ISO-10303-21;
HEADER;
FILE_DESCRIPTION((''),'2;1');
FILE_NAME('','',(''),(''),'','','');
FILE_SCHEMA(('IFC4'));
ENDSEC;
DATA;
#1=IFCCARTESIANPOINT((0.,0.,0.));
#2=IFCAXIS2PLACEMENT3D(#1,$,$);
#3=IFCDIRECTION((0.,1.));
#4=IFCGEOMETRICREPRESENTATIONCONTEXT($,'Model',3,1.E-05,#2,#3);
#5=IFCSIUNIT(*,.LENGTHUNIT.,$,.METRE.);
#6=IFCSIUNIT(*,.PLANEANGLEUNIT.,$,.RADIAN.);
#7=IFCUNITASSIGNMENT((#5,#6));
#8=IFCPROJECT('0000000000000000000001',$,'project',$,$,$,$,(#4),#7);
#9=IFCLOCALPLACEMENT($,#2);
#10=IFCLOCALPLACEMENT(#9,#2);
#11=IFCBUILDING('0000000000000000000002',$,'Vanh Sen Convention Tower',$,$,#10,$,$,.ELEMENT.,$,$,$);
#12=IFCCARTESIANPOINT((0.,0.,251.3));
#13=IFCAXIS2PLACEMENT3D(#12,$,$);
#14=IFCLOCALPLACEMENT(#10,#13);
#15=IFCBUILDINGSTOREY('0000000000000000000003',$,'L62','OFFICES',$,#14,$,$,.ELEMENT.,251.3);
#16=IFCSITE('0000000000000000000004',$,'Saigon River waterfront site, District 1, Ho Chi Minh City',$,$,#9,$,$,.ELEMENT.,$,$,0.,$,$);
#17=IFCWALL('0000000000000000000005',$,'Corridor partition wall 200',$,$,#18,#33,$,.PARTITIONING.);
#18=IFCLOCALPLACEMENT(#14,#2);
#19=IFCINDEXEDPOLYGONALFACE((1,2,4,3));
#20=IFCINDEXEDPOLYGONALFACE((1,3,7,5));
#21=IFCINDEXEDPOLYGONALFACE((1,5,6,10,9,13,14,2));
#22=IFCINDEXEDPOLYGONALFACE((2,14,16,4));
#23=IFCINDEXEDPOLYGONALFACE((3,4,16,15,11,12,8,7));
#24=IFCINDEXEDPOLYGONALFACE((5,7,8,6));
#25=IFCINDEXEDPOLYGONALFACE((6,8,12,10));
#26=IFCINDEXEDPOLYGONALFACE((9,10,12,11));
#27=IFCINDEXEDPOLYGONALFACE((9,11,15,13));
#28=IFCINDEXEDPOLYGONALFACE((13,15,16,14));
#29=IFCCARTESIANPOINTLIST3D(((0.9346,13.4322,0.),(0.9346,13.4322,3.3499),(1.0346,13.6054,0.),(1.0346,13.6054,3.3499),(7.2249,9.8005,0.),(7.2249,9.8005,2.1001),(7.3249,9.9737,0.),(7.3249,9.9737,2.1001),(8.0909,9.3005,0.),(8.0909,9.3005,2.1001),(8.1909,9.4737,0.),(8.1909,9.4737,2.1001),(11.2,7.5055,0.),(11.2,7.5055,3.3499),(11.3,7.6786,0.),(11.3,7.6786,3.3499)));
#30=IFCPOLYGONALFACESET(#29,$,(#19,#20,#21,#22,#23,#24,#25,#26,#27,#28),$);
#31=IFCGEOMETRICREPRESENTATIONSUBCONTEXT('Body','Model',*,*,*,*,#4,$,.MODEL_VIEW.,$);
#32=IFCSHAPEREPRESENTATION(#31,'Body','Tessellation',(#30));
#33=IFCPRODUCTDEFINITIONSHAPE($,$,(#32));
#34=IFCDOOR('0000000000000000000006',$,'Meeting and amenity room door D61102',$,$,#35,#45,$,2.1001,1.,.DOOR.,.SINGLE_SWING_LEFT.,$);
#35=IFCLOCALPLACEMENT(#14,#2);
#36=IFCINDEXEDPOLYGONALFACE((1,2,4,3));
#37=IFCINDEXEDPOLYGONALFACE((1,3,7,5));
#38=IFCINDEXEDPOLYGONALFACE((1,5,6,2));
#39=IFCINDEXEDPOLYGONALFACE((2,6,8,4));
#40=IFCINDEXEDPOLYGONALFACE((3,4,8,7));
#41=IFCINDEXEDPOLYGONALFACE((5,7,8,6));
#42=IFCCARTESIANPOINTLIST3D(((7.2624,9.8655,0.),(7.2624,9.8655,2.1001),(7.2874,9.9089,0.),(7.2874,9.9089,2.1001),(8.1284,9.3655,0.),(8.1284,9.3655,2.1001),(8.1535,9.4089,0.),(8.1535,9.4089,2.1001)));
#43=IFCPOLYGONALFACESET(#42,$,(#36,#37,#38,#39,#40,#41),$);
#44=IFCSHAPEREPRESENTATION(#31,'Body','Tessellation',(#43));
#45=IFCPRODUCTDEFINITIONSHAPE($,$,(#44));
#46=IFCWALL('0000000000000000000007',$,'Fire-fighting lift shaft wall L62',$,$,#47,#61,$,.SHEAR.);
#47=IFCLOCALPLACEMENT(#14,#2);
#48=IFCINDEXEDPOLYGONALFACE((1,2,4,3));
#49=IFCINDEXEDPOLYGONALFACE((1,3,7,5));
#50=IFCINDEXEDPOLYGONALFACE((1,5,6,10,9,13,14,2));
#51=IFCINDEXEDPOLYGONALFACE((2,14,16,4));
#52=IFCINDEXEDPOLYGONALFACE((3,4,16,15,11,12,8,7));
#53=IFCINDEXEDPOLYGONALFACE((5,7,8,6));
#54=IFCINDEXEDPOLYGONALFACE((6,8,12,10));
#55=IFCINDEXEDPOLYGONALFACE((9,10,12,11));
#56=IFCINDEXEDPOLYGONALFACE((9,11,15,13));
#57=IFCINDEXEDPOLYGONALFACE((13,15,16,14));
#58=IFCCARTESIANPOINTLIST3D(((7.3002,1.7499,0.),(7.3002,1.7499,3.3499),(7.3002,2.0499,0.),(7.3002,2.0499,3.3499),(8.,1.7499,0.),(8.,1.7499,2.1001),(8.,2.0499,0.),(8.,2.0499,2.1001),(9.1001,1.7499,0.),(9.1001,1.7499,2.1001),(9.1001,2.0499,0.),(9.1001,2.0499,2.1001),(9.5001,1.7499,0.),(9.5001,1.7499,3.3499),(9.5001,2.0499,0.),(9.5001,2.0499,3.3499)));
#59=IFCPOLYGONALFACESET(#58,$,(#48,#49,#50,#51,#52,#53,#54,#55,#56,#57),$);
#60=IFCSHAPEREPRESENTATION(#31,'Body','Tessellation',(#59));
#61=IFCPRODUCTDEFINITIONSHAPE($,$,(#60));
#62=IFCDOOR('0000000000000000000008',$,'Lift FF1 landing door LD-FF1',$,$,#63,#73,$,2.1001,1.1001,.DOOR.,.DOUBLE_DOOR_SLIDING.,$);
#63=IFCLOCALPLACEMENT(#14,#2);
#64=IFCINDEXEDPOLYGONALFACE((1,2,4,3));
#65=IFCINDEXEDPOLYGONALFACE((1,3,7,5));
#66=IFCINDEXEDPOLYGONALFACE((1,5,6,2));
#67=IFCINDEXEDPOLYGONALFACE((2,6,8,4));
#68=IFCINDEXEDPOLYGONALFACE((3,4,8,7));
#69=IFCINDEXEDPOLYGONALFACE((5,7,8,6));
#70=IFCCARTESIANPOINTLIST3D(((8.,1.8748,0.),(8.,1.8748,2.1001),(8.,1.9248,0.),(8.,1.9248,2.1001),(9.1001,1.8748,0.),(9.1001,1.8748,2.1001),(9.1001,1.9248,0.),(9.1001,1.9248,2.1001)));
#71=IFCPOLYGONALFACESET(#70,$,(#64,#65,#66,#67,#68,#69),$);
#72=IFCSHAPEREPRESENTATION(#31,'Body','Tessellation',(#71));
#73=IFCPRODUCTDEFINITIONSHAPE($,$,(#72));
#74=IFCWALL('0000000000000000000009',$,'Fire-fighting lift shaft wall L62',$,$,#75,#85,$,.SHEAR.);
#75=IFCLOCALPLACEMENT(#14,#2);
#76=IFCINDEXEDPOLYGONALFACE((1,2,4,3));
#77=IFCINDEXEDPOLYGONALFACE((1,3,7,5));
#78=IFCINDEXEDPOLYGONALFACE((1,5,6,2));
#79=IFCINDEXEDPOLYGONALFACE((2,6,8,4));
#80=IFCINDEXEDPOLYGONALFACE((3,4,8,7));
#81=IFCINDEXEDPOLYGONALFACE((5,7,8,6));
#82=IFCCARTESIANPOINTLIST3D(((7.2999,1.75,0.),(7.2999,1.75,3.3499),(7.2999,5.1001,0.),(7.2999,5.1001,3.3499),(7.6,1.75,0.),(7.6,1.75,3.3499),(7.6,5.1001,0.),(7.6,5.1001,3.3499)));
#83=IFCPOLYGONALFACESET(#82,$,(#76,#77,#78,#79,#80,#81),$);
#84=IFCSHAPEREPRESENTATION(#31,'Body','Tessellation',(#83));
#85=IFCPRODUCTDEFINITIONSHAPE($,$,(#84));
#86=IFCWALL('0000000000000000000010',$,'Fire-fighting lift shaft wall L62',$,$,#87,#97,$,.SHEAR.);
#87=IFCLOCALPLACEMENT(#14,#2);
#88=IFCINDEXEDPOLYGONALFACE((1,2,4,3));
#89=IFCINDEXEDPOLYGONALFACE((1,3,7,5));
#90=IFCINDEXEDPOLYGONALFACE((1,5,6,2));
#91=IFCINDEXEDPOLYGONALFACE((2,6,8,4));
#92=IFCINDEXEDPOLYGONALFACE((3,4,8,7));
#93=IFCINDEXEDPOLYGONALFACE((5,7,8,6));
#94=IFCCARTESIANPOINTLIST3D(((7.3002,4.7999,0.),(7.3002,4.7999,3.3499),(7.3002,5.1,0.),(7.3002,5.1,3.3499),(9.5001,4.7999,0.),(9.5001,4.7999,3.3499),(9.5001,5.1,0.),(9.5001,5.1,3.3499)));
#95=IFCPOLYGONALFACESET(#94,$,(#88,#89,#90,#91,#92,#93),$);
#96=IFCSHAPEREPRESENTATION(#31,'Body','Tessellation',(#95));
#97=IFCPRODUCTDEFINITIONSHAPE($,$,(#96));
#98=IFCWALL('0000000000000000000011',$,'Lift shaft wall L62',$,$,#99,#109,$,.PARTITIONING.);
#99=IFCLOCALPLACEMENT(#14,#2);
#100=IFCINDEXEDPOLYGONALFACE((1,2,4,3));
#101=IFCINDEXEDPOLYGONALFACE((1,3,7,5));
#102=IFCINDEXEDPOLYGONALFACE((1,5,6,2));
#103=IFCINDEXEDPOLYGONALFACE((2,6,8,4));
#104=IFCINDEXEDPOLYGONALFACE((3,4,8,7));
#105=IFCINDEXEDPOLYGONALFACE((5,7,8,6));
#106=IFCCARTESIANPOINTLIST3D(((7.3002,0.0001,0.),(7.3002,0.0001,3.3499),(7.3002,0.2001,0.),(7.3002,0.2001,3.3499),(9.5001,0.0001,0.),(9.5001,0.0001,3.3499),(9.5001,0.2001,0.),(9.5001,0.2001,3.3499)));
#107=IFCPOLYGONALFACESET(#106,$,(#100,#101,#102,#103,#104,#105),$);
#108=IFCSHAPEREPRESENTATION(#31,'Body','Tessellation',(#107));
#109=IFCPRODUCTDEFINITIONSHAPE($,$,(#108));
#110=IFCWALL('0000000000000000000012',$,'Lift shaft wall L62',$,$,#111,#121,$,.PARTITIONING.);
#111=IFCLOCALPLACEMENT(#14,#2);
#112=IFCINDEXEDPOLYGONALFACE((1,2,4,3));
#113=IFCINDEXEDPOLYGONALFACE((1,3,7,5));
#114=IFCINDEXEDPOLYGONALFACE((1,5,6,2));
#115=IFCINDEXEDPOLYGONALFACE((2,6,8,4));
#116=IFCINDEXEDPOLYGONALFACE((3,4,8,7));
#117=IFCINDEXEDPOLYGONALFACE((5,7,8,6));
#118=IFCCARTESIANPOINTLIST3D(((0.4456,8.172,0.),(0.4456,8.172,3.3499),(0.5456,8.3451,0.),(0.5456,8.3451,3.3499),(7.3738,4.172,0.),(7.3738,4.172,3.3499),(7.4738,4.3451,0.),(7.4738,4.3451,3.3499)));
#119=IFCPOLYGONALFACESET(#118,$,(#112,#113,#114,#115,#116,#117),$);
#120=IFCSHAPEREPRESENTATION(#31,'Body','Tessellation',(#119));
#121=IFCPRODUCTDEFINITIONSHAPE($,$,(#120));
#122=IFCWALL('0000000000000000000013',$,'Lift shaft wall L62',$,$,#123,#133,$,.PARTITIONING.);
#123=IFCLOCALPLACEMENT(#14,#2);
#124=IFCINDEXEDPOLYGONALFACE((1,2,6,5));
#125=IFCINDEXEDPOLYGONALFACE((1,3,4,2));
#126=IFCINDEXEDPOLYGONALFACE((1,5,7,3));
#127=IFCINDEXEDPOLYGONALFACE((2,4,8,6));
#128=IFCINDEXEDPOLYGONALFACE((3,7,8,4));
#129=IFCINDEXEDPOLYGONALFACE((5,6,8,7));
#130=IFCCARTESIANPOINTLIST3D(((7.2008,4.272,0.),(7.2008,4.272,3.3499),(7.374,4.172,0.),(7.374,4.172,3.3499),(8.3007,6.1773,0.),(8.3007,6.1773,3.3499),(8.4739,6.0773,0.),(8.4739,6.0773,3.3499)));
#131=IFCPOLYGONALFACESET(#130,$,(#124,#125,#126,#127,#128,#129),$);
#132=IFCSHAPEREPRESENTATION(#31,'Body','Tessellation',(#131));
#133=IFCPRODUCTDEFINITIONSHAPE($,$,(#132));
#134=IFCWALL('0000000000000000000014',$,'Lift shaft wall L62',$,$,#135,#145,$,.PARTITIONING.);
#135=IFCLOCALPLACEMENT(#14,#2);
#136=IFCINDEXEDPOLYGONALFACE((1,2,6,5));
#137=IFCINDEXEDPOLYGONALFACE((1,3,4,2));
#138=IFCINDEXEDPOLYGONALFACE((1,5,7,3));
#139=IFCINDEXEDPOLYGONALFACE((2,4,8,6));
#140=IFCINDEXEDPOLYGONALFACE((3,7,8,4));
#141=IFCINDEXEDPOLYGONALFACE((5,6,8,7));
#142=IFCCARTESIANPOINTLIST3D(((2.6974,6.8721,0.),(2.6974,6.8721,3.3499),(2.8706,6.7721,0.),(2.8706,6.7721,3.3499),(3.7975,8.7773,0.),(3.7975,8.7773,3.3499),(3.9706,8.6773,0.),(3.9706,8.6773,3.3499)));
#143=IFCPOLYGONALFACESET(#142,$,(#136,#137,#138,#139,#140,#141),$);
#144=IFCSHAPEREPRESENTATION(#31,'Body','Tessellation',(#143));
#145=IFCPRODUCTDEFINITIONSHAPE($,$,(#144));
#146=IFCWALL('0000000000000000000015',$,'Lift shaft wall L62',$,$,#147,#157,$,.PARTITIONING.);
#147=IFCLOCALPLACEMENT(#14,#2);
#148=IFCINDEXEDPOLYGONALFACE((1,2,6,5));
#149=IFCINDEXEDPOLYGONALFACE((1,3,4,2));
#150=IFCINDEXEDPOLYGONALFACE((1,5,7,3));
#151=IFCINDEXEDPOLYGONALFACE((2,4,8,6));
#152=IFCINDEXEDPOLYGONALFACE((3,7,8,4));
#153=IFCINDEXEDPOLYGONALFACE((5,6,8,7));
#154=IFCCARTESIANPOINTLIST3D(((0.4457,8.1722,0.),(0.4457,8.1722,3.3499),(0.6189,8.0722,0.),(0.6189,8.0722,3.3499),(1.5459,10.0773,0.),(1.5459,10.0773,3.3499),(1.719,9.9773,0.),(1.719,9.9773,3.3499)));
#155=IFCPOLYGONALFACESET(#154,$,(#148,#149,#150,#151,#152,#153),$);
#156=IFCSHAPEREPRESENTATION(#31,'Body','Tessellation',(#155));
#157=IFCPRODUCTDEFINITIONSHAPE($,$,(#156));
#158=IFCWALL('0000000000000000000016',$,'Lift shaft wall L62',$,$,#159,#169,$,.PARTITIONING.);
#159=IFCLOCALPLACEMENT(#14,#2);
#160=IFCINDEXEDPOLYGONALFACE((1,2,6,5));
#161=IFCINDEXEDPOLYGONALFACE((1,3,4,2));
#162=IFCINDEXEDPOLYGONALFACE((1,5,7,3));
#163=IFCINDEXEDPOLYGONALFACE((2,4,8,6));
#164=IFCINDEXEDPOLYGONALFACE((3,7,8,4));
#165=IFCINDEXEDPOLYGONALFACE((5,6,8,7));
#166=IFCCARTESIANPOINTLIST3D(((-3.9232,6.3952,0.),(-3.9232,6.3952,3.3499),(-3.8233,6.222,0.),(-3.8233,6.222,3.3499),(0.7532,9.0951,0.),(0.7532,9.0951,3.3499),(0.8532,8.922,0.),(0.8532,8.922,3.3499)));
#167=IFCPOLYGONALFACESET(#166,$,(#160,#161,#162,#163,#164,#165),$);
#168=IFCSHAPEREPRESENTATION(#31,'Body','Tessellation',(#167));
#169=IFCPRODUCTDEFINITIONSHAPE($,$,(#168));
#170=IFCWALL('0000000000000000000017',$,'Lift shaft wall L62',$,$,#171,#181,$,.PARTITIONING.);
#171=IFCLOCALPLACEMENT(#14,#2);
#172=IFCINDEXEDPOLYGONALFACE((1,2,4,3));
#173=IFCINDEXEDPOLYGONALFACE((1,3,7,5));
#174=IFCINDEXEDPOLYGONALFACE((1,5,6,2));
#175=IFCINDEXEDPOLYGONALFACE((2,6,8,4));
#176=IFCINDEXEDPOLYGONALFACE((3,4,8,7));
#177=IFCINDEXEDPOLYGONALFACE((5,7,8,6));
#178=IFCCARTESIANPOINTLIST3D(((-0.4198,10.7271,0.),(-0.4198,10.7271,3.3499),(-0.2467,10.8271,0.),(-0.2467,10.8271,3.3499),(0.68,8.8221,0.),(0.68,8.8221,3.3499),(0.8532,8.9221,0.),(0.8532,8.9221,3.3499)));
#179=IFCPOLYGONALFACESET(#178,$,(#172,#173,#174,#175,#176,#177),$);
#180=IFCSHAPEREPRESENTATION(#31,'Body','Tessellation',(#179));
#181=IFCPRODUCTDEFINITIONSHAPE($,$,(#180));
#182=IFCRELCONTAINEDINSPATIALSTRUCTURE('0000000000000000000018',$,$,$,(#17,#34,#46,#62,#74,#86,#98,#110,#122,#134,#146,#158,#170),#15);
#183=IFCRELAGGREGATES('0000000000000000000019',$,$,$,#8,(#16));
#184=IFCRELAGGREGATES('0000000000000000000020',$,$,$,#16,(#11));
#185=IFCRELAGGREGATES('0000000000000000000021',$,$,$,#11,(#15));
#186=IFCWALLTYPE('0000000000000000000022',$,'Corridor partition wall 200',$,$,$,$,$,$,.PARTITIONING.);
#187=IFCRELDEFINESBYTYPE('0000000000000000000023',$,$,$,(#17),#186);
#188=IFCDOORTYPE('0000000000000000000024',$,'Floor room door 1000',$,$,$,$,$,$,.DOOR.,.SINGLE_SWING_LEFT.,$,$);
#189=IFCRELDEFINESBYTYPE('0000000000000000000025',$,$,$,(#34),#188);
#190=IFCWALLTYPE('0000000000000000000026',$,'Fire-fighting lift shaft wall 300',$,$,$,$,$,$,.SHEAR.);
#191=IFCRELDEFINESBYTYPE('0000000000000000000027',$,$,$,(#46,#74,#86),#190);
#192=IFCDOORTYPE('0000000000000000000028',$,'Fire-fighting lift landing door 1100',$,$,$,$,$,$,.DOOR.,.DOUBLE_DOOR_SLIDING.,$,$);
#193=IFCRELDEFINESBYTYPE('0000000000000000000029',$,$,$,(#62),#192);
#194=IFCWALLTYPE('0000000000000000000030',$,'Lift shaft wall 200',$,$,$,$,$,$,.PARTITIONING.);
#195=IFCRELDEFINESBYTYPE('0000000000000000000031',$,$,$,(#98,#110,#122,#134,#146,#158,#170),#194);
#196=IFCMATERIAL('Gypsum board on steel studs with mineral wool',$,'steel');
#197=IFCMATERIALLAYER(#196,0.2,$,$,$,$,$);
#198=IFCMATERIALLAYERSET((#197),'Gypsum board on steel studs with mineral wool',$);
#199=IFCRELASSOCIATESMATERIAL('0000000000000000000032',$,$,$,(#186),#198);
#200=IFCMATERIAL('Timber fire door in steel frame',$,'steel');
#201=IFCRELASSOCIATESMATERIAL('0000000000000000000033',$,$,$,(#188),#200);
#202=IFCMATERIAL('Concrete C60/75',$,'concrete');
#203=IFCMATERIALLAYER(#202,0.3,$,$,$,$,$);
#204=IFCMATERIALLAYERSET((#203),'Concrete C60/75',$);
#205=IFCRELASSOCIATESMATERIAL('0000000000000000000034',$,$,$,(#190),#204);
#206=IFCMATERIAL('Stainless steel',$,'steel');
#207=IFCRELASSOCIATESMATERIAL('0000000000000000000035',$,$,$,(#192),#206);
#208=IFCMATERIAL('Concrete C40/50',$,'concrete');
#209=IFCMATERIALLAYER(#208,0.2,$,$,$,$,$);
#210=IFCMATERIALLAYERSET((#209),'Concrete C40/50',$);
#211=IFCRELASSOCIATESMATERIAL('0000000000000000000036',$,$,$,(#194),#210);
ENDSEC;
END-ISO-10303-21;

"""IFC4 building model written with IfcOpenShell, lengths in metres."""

from ifc_helpers import new_model, si_unit, direction, frame, frame_2d, origin, place, context, subcontext, project, spatial, rectangle, extrude, material, layer, layer_set, type_object, element, fill, save


model = new_model("IFC4")

# Units and contexts
model_context = context("Model", 3, precision=1e-05, world=origin(), true_north=direction((0.0, 1.0)))
body_context = subcontext(model_context, "Body", "Model", "MODEL_VIEW")
ifc_project = project(units=[si_unit("LENGTHUNIT", "METRE"), si_unit("PLANEANGLEUNIT", "RADIAN")], contexts=[model_context])

# Site, building, storey
site_placement = place(None, origin())
site = spatial("IfcSite", under=ifc_project, at=site_placement, Name="Saigon River waterfront site, District 1, Ho Chi Minh City", CompositionType="ELEMENT", RefElevation=0.0)
building_placement = place(site_placement, origin())
building = spatial("IfcBuilding", under=site, at=building_placement, Name="Vanh Sen Convention Tower", CompositionType="ELEMENT")
storey_placement = place(building_placement, frame((0.0, 0.0, 251.3)))
storey = spatial("IfcBuildingStorey", under=building, at=storey_placement, Name="L62", Description="OFFICES", CompositionType="ELEMENT", Elevation=251.3)

# Shared definitions
ifc_material_1 = material(Name="Concrete C40/50", Category="concrete")

# Shared definitions
ifc_material_2 = material(Name="Concrete C60/75", Category="concrete")

# Walls, openings, doors
ifc_material_3 = material(Name="Gypsum board on steel studs with mineral wool", Category="steel")
ifc_layer_1 = layer(ifc_material_3, 0.2)
ifc_layer_set_1 = layer_set([ifc_layer_1], Name="Gypsum board on steel studs with mineral wool")
wall_type_1 = type_object("IfcWallType", Name="Corridor partition wall 200", PredefinedType="PARTITIONING", material=ifc_layer_set_1)
wall_1_placement = place(storey_placement, frame((11.25, 7.592, 0.0), z_axis=(0.0, 0.0, 1.0), x_axis=(-0.866024, 0.500002, 0.0)))
wall_1 = element("IfcWall", 1, at=wall_1_placement, inside=storey, type_object=wall_type_1, Name="Corridor partition wall 200", PredefinedType="PARTITIONING", context=body_context, shape_type="SweptSolid", body=[
    extrude(rectangle(XDim=11.8535, YDim=0.2, at=frame_2d((5.9268, 0.0))), origin(), (0.0, 0.0, 1.0), 3.3499),
])
opening_1_placement = place(wall_1_placement, frame((3.5901, 0.0, 0.0)))
opening_1 = element("IfcOpeningElement", 2, at=opening_1_placement, cuts=wall_1, PredefinedType="OPENING", context=body_context, shape_type="SweptSolid", body=[
    extrude(rectangle(XDim=1.0, YDim=2.1001, at=frame_2d((0.5, 1.05))), frame((0.0, 0.1099, 0.0), z_axis=(0.0, -1.0, 0.0), x_axis=(1.0, 0.0, 0.0)), (0.0, 0.0, 1.0), 0.22),
])
ifc_material_4 = material(Name="Timber fire door in steel frame", Category="steel")
door_type_1 = type_object("IfcDoorType", Name="Floor room door 1000", OperationType="SINGLE_SWING_LEFT", PredefinedType="DOOR", material=ifc_material_4)
door_1_placement = place(opening_1_placement, origin())
door_1 = element("IfcDoor", 3, at=door_1_placement, inside=storey, type_object=door_type_1, Name="Meeting and amenity room door D61102", OperationType="SINGLE_SWING_LEFT", OverallHeight=2.1001, OverallWidth=1.0, PredefinedType="DOOR", context=body_context, shape_type="SweptSolid", body=[
    extrude(rectangle(XDim=1.0, YDim=2.1001, at=frame_2d((0.5, 1.05))), frame((0.0, 0.0249, 0.0), z_axis=(0.0, -1.0, 0.0), x_axis=(1.0, 0.0, 0.0)), (0.0, 0.0, 1.0), 0.05),
])
fill(opening_1, door_1)
ifc_layer_2 = layer(ifc_material_2, 0.3)
ifc_layer_set_2 = layer_set([ifc_layer_2], Name="Concrete C60/75")
wall_type_2 = type_object("IfcWallType", Name="Fire-fighting lift shaft wall 300", PredefinedType="SHEAR", material=ifc_layer_set_2)
wall_2_placement = place(storey_placement, frame((7.3, 1.8999, 0.0), z_axis=(0.0, 0.0, 1.0), x_axis=(1.0, 0.0, 0.0)))
wall_2 = element("IfcWall", 4, at=wall_2_placement, inside=storey, type_object=wall_type_2, Name="Fire-fighting lift shaft wall L62", PredefinedType="SHEAR", context=body_context, shape_type="SweptSolid", body=[
    extrude(rectangle(XDim=2.2, YDim=0.3, at=frame_2d((1.1001, 0.0))), origin(), (0.0, 0.0, 1.0), 3.3499),
])
opening_2_placement = place(wall_2_placement, frame((0.7, 0.0, 0.0)))
opening_2 = element("IfcOpeningElement", 5, at=opening_2_placement, cuts=wall_2, PredefinedType="OPENING", context=body_context, shape_type="SweptSolid", body=[
    extrude(rectangle(XDim=1.1001, YDim=2.1001, at=frame_2d((0.55, 1.05))), frame((0.0, 0.1599, 0.0), z_axis=(0.0, -1.0, 0.0), x_axis=(1.0, 0.0, 0.0)), (0.0, 0.0, 1.0), 0.3201),
])
ifc_material_5 = material(Name="Stainless steel", Category="steel")
door_type_2 = type_object("IfcDoorType", Name="Fire-fighting lift landing door 1100", OperationType="DOUBLE_DOOR_SLIDING", PredefinedType="DOOR", material=ifc_material_5)
door_2_placement = place(opening_2_placement, origin())
door_2 = element("IfcDoor", 6, at=door_2_placement, inside=storey, type_object=door_type_2, Name="Lift FF1 landing door LD-FF1", OperationType="DOUBLE_DOOR_SLIDING", OverallHeight=2.1001, OverallWidth=1.1001, PredefinedType="DOOR", context=body_context, shape_type="SweptSolid", body=[
    extrude(rectangle(XDim=1.1001, YDim=2.1001, at=frame_2d((0.55, 1.05))), frame((0.0, 0.0249, 0.0), z_axis=(0.0, -1.0, 0.0), x_axis=(1.0, 0.0, 0.0)), (0.0, 0.0, 1.0), 0.05),
])
fill(opening_2, door_2)

# Walls
wall_3_placement = place(storey_placement, frame((7.45, 1.75, 0.0), z_axis=(0.0, 0.0, 1.0), x_axis=(0.0, 1.0, 0.0)))
element("IfcWall", 7, at=wall_3_placement, inside=storey, type_object=wall_type_2, Name="Fire-fighting lift shaft wall L62", PredefinedType="SHEAR", context=body_context, shape_type="SweptSolid", body=[
    extrude(rectangle(XDim=3.3501, YDim=0.3, at=frame_2d((1.675, 0.0))), origin(), (0.0, 0.0, 1.0), 3.3499),
])
wall_4_placement = place(storey_placement, frame((7.3, 4.95, 0.0), z_axis=(0.0, 0.0, 1.0), x_axis=(1.0, 0.0, 0.0)))
element("IfcWall", 8, at=wall_4_placement, inside=storey, type_object=wall_type_2, Name="Fire-fighting lift shaft wall L62", PredefinedType="SHEAR", context=body_context, shape_type="SweptSolid", body=[
    extrude(rectangle(XDim=2.2, YDim=0.3, at=frame_2d((1.1001, 0.0))), origin(), (0.0, 0.0, 1.0), 3.3499),
])
ifc_layer_3 = layer(ifc_material_1, 0.2)
ifc_layer_set_3 = layer_set([ifc_layer_3], Name="Concrete C40/50")
wall_type_3 = type_object("IfcWallType", Name="Lift shaft wall 200", PredefinedType="PARTITIONING", material=ifc_layer_set_3)
wall_5_placement = place(storey_placement, frame((7.3, 0.1001, 0.0), z_axis=(0.0, 0.0, 1.0), x_axis=(1.0, 0.0, 0.0)))
element("IfcWall", 9, at=wall_5_placement, inside=storey, type_object=wall_type_3, Name="Lift shaft wall L62", PredefinedType="PARTITIONING", context=body_context, shape_type="SweptSolid", body=[
    extrude(rectangle(XDim=2.2, YDim=0.2, at=frame_2d((1.1001, 0.0))), origin(), (0.0, 0.0, 1.0), 3.3499),
])
wall_6_placement = place(storey_placement, frame((7.4238, 4.2585, 0.0), z_axis=(0.0, 0.0, 1.0), x_axis=(-0.866026, 0.499999, 0.0)))
element("IfcWall", 10, at=wall_6_placement, inside=storey, type_object=wall_type_3, Name="Lift shaft wall L62", PredefinedType="PARTITIONING", context=body_context, shape_type="SweptSolid", body=[
    extrude(rectangle(XDim=8.0, YDim=0.2, at=frame_2d((4.0, 0.0))), origin(), (0.0, 0.0, 1.0), 3.3499),
])
for number, where, z_axis, x_axis, name in (
    (11, (7.2874, 4.2219, 0.0), (0.0, 0.0, 1.0), (0.499947, 0.866056, 0.0), "Lift shaft wall L62"),
    (12, (2.7839, 6.822, 0.0), (0.0, 0.0, 1.0), (0.50003, 0.866008, 0.0), "Lift shaft wall L62"),
    (13, (0.5322, 8.1221, 0.0), (0.0, 0.0, 1.0), (0.500078, 0.86598, 0.0), "Lift shaft wall L62"),
):
    element("IfcWall", number, at=place(storey_placement, frame(where, z_axis=z_axis, x_axis=x_axis)), inside=storey, type_object=wall_type_3, Name=name, PredefinedType="PARTITIONING", context=body_context, shape_type="SweptSolid", body=[
        extrude(rectangle(XDim=2.2, YDim=0.2, at=frame_2d((1.1001, 0.0))), origin(), (0.0, 0.0, 1.0), 3.3499),
    ])
wall_7_placement = place(storey_placement, frame((0.8032, 9.0085, 0.0), z_axis=(0.0, 0.0, 1.0), x_axis=(-0.866028, -0.499995, 0.0)))
element("IfcWall", 14, at=wall_7_placement, inside=storey, type_object=wall_type_3, Name="Lift shaft wall L62", PredefinedType="PARTITIONING", context=body_context, shape_type="SweptSolid", body=[
    extrude(rectangle(XDim=5.3999, YDim=0.2, at=frame_2d((2.7, 0.0))), origin(), (0.0, 0.0, 1.0), 3.3499),
])
wall_8_placement = place(storey_placement, frame((0.7666, 8.8721, 0.0), z_axis=(0.0, 0.0, 1.0), x_axis=(-0.499995, 0.866028, 0.0)))
element("IfcWall", 15, at=wall_8_placement, inside=storey, type_object=wall_type_3, Name="Lift shaft wall L62", PredefinedType="PARTITIONING", context=body_context, shape_type="SweptSolid", body=[
    extrude(rectangle(XDim=2.1997, YDim=0.2, at=frame_2d((1.0999, 0.0))), origin(), (0.0, 0.0, 1.0), 3.3499),
])

save(model, "model.ifc")
